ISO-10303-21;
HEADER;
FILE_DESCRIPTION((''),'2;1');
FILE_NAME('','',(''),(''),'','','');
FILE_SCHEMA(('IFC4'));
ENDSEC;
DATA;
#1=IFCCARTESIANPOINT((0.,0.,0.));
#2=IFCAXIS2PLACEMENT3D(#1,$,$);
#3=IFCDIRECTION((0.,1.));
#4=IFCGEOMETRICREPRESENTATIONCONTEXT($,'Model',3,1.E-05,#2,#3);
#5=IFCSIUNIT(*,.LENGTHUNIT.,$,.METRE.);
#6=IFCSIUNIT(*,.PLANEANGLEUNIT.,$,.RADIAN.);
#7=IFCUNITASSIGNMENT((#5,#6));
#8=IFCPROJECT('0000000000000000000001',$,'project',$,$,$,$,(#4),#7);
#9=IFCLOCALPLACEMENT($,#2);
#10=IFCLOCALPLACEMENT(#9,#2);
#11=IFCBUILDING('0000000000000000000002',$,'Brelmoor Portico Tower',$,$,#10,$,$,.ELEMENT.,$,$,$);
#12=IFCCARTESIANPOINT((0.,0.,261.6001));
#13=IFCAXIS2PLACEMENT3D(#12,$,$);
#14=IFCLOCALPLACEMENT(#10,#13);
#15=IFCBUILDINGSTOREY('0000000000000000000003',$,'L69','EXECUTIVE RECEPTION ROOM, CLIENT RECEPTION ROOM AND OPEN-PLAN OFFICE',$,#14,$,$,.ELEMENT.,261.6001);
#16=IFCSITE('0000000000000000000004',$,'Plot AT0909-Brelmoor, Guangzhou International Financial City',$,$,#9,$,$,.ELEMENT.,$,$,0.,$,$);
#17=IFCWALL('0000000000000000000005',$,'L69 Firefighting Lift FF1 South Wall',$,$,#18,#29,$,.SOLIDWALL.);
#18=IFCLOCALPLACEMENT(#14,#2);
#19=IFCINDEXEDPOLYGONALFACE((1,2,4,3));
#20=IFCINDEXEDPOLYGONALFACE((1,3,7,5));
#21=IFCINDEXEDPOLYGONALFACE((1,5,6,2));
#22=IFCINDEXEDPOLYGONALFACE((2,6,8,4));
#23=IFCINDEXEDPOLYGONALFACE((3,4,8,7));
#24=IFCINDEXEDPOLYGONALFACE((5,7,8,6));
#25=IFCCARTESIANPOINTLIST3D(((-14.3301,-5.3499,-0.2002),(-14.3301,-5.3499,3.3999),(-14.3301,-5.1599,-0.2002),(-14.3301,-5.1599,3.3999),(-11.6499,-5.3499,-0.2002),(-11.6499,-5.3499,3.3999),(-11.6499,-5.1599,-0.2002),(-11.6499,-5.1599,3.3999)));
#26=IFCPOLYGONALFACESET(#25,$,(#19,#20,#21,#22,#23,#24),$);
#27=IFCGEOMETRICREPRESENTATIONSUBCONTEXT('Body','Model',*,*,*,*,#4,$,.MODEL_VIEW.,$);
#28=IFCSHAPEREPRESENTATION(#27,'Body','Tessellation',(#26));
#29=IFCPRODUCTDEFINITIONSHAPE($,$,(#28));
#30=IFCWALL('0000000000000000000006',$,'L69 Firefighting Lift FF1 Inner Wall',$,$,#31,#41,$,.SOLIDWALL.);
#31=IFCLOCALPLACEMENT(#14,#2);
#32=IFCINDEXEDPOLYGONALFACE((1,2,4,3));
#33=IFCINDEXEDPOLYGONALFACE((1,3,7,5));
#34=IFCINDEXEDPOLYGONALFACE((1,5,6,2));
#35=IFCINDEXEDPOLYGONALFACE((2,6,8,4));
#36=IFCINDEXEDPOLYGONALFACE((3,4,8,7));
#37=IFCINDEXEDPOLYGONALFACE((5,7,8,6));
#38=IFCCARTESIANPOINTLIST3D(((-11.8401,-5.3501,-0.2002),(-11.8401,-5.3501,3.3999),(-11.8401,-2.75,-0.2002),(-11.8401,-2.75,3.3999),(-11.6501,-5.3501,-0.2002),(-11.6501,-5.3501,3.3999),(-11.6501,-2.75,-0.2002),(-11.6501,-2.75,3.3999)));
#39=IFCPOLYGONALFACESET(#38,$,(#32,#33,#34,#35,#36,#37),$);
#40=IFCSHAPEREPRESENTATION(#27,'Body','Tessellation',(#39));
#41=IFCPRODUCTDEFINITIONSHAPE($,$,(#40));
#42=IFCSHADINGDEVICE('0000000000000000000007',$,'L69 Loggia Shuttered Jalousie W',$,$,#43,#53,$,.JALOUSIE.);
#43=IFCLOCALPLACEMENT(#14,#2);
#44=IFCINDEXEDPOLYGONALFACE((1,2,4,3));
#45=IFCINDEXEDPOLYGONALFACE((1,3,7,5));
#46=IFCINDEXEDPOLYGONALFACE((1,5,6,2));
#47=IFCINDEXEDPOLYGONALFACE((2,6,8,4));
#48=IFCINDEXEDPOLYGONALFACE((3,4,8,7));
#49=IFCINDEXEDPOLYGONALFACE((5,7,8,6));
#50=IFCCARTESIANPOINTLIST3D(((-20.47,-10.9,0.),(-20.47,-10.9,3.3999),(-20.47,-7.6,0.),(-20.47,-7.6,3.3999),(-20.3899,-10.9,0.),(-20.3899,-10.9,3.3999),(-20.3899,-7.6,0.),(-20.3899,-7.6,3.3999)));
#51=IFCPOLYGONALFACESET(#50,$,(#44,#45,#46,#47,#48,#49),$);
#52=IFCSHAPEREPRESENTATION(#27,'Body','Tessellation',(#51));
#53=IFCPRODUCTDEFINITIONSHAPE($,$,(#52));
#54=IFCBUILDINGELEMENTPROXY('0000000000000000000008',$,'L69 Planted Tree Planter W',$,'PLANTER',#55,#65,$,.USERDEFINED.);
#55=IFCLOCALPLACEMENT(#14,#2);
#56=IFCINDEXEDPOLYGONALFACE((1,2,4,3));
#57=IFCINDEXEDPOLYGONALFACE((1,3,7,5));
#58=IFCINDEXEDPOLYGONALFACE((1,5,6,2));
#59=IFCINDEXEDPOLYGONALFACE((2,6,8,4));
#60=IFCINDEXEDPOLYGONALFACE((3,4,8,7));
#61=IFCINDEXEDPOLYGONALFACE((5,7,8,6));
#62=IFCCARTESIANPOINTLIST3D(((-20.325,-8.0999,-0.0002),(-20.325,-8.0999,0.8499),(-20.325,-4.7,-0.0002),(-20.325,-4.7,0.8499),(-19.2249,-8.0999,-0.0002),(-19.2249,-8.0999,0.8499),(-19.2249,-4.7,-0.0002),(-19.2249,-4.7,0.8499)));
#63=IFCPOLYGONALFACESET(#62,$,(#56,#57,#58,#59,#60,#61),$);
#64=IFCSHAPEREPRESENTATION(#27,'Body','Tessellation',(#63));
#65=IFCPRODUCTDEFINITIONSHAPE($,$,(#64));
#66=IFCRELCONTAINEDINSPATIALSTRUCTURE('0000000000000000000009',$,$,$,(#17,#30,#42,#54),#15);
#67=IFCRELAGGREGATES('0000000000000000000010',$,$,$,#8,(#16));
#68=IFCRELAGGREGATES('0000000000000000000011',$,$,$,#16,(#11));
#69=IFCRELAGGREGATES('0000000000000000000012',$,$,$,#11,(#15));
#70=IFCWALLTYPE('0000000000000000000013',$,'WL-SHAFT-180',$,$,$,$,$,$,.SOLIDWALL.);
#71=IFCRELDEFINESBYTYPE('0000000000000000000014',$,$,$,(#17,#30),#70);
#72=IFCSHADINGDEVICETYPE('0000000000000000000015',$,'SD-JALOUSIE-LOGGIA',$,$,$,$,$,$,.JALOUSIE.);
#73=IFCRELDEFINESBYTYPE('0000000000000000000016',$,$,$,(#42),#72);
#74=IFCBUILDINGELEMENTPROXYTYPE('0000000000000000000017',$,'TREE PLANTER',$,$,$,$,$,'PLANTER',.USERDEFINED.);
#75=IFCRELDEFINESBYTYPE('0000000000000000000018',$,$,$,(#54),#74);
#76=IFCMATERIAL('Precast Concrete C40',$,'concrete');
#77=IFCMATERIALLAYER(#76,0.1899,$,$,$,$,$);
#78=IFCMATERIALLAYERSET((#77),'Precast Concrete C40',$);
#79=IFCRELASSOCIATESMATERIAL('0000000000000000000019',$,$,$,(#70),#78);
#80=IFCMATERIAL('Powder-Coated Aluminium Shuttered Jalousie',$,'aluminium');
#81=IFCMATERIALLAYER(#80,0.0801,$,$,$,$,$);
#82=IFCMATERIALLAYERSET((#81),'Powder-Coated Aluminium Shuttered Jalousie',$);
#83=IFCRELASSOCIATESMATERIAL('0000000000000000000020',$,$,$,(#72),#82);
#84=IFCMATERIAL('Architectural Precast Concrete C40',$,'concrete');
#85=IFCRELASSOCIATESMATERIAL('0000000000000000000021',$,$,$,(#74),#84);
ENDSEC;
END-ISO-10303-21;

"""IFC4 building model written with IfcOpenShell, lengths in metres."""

from ifc_helpers import new_model, si_unit, direction, frame, frame_2d, origin, origin_2d, place, context, subcontext, project, spatial, rectangle, extrude, material, layer, layer_set, type_object, element, save


model = new_model("IFC4")

# Units and contexts
model_context = context("Model", 3, precision=1e-05, world=origin(), true_north=direction((0.0, 1.0)))
body_context = subcontext(model_context, "Body", "Model", "MODEL_VIEW")
ifc_project = project(units=[si_unit("LENGTHUNIT", "METRE"), si_unit("PLANEANGLEUNIT", "RADIAN")], contexts=[model_context])

# Site, building, storey
site_placement = place(None, origin())
site = spatial("IfcSite", under=ifc_project, at=site_placement, Name="Plot AT0909-Brelmoor, Guangzhou International Financial City", CompositionType="ELEMENT", RefElevation=0.0)
building_placement = place(site_placement, origin())
building = spatial("IfcBuilding", under=site, at=building_placement, Name="Brelmoor Portico Tower", CompositionType="ELEMENT")
storey_placement = place(building_placement, frame((0.0, 0.0, 261.6001)))
storey = spatial("IfcBuildingStorey", under=building, at=storey_placement, Name="L69", Description="EXECUTIVE RECEPTION ROOM, CLIENT RECEPTION ROOM AND OPEN-PLAN OFFICE", CompositionType="ELEMENT", Elevation=261.6001)

# Shared definitions
ifc_material_1 = material(Name="Precast Concrete C40", Category="concrete")
ifc_layer_1 = layer(ifc_material_1, 0.1899)
ifc_layer_set_1 = layer_set([ifc_layer_1], Name="Precast Concrete C40")
wall_type_1 = type_object("IfcWallType", Name="WL-SHAFT-180", PredefinedType="SOLIDWALL", material=ifc_layer_set_1)

# Walls
wall_1_placement = place(storey_placement, frame((-14.3301, -5.2549, -0.2002), z_axis=(0.0, 0.0, 1.0), x_axis=(1.0, 0.0, 0.0)))
element("IfcWall", 1, at=wall_1_placement, inside=storey, type_object=wall_type_1, Name="L69 Firefighting Lift FF1 South Wall", PredefinedType="SOLIDWALL", context=body_context, shape_type="SweptSolid", body=[
    extrude(rectangle(XDim=2.6802, YDim=0.1899, at=frame_2d((1.3401, 0.0))), origin(), (0.0, 0.0, 1.0), 3.6001),
])
wall_2_placement = place(storey_placement, frame((-11.7451, -5.3501, -0.2002), z_axis=(0.0, 0.0, 1.0), x_axis=(0.0, 1.0, 0.0)))
element("IfcWall", 2, at=wall_2_placement, inside=storey, type_object=wall_type_1, Name="L69 Firefighting Lift FF1 Inner Wall", PredefinedType="SOLIDWALL", context=body_context, shape_type="SweptSolid", body=[
    extrude(rectangle(XDim=2.6001, YDim=0.1899, at=frame_2d((1.3, 0.0))), origin(), (0.0, 0.0, 1.0), 3.6001),
])

# Shading device
ifc_material_2 = material(Name="Powder-Coated Aluminium Shuttered Jalousie", Category="aluminium")
ifc_layer_2 = layer(ifc_material_2, 0.0801)
ifc_layer_set_2 = layer_set([ifc_layer_2], Name="Powder-Coated Aluminium Shuttered Jalousie")
shading_device_type = type_object("IfcShadingDeviceType", Name="SD-JALOUSIE-LOGGIA", PredefinedType="JALOUSIE", material=ifc_layer_set_2)
shading_device_placement = place(storey_placement, frame((-20.4299, -9.25, 0.0), z_axis=(0.0, 0.0, 1.0), x_axis=(0.0, 1.0, 0.0)))
element("IfcShadingDevice", 3, at=shading_device_placement, inside=storey, type_object=shading_device_type, Name="L69 Loggia Shuttered Jalousie W", PredefinedType="JALOUSIE", context=body_context, shape_type="SweptSolid", body=[
    extrude(rectangle(XDim=3.3, YDim=0.0801, at=origin_2d()), origin(), (0.0, 0.0, 1.0), 3.3999),
])

# Building element proxy
ifc_material_3 = material(Name="Architectural Precast Concrete C40", Category="concrete")
building_element_proxy_type = type_object("IfcBuildingElementProxyType", Name="TREE PLANTER", ElementType="PLANTER", PredefinedType="USERDEFINED", material=ifc_material_3)
proxy_placement = place(storey_placement, frame((-19.7749, -6.3999, -0.0002), z_axis=(0.0, 0.0, 1.0), x_axis=(0.0, 1.0, 0.0)))
element("IfcBuildingElementProxy", 4, at=proxy_placement, inside=storey, type_object=building_element_proxy_type, Name="L69 Planted Tree Planter W", ObjectType="PLANTER", PredefinedType="USERDEFINED", context=body_context, shape_type="SweptSolid", body=[
    extrude(rectangle(XDim=3.3999, YDim=1.1001, at=origin_2d()), origin(), (0.0, 0.0, 1.0), 0.8501),
])

save(model, "model.ifc")
